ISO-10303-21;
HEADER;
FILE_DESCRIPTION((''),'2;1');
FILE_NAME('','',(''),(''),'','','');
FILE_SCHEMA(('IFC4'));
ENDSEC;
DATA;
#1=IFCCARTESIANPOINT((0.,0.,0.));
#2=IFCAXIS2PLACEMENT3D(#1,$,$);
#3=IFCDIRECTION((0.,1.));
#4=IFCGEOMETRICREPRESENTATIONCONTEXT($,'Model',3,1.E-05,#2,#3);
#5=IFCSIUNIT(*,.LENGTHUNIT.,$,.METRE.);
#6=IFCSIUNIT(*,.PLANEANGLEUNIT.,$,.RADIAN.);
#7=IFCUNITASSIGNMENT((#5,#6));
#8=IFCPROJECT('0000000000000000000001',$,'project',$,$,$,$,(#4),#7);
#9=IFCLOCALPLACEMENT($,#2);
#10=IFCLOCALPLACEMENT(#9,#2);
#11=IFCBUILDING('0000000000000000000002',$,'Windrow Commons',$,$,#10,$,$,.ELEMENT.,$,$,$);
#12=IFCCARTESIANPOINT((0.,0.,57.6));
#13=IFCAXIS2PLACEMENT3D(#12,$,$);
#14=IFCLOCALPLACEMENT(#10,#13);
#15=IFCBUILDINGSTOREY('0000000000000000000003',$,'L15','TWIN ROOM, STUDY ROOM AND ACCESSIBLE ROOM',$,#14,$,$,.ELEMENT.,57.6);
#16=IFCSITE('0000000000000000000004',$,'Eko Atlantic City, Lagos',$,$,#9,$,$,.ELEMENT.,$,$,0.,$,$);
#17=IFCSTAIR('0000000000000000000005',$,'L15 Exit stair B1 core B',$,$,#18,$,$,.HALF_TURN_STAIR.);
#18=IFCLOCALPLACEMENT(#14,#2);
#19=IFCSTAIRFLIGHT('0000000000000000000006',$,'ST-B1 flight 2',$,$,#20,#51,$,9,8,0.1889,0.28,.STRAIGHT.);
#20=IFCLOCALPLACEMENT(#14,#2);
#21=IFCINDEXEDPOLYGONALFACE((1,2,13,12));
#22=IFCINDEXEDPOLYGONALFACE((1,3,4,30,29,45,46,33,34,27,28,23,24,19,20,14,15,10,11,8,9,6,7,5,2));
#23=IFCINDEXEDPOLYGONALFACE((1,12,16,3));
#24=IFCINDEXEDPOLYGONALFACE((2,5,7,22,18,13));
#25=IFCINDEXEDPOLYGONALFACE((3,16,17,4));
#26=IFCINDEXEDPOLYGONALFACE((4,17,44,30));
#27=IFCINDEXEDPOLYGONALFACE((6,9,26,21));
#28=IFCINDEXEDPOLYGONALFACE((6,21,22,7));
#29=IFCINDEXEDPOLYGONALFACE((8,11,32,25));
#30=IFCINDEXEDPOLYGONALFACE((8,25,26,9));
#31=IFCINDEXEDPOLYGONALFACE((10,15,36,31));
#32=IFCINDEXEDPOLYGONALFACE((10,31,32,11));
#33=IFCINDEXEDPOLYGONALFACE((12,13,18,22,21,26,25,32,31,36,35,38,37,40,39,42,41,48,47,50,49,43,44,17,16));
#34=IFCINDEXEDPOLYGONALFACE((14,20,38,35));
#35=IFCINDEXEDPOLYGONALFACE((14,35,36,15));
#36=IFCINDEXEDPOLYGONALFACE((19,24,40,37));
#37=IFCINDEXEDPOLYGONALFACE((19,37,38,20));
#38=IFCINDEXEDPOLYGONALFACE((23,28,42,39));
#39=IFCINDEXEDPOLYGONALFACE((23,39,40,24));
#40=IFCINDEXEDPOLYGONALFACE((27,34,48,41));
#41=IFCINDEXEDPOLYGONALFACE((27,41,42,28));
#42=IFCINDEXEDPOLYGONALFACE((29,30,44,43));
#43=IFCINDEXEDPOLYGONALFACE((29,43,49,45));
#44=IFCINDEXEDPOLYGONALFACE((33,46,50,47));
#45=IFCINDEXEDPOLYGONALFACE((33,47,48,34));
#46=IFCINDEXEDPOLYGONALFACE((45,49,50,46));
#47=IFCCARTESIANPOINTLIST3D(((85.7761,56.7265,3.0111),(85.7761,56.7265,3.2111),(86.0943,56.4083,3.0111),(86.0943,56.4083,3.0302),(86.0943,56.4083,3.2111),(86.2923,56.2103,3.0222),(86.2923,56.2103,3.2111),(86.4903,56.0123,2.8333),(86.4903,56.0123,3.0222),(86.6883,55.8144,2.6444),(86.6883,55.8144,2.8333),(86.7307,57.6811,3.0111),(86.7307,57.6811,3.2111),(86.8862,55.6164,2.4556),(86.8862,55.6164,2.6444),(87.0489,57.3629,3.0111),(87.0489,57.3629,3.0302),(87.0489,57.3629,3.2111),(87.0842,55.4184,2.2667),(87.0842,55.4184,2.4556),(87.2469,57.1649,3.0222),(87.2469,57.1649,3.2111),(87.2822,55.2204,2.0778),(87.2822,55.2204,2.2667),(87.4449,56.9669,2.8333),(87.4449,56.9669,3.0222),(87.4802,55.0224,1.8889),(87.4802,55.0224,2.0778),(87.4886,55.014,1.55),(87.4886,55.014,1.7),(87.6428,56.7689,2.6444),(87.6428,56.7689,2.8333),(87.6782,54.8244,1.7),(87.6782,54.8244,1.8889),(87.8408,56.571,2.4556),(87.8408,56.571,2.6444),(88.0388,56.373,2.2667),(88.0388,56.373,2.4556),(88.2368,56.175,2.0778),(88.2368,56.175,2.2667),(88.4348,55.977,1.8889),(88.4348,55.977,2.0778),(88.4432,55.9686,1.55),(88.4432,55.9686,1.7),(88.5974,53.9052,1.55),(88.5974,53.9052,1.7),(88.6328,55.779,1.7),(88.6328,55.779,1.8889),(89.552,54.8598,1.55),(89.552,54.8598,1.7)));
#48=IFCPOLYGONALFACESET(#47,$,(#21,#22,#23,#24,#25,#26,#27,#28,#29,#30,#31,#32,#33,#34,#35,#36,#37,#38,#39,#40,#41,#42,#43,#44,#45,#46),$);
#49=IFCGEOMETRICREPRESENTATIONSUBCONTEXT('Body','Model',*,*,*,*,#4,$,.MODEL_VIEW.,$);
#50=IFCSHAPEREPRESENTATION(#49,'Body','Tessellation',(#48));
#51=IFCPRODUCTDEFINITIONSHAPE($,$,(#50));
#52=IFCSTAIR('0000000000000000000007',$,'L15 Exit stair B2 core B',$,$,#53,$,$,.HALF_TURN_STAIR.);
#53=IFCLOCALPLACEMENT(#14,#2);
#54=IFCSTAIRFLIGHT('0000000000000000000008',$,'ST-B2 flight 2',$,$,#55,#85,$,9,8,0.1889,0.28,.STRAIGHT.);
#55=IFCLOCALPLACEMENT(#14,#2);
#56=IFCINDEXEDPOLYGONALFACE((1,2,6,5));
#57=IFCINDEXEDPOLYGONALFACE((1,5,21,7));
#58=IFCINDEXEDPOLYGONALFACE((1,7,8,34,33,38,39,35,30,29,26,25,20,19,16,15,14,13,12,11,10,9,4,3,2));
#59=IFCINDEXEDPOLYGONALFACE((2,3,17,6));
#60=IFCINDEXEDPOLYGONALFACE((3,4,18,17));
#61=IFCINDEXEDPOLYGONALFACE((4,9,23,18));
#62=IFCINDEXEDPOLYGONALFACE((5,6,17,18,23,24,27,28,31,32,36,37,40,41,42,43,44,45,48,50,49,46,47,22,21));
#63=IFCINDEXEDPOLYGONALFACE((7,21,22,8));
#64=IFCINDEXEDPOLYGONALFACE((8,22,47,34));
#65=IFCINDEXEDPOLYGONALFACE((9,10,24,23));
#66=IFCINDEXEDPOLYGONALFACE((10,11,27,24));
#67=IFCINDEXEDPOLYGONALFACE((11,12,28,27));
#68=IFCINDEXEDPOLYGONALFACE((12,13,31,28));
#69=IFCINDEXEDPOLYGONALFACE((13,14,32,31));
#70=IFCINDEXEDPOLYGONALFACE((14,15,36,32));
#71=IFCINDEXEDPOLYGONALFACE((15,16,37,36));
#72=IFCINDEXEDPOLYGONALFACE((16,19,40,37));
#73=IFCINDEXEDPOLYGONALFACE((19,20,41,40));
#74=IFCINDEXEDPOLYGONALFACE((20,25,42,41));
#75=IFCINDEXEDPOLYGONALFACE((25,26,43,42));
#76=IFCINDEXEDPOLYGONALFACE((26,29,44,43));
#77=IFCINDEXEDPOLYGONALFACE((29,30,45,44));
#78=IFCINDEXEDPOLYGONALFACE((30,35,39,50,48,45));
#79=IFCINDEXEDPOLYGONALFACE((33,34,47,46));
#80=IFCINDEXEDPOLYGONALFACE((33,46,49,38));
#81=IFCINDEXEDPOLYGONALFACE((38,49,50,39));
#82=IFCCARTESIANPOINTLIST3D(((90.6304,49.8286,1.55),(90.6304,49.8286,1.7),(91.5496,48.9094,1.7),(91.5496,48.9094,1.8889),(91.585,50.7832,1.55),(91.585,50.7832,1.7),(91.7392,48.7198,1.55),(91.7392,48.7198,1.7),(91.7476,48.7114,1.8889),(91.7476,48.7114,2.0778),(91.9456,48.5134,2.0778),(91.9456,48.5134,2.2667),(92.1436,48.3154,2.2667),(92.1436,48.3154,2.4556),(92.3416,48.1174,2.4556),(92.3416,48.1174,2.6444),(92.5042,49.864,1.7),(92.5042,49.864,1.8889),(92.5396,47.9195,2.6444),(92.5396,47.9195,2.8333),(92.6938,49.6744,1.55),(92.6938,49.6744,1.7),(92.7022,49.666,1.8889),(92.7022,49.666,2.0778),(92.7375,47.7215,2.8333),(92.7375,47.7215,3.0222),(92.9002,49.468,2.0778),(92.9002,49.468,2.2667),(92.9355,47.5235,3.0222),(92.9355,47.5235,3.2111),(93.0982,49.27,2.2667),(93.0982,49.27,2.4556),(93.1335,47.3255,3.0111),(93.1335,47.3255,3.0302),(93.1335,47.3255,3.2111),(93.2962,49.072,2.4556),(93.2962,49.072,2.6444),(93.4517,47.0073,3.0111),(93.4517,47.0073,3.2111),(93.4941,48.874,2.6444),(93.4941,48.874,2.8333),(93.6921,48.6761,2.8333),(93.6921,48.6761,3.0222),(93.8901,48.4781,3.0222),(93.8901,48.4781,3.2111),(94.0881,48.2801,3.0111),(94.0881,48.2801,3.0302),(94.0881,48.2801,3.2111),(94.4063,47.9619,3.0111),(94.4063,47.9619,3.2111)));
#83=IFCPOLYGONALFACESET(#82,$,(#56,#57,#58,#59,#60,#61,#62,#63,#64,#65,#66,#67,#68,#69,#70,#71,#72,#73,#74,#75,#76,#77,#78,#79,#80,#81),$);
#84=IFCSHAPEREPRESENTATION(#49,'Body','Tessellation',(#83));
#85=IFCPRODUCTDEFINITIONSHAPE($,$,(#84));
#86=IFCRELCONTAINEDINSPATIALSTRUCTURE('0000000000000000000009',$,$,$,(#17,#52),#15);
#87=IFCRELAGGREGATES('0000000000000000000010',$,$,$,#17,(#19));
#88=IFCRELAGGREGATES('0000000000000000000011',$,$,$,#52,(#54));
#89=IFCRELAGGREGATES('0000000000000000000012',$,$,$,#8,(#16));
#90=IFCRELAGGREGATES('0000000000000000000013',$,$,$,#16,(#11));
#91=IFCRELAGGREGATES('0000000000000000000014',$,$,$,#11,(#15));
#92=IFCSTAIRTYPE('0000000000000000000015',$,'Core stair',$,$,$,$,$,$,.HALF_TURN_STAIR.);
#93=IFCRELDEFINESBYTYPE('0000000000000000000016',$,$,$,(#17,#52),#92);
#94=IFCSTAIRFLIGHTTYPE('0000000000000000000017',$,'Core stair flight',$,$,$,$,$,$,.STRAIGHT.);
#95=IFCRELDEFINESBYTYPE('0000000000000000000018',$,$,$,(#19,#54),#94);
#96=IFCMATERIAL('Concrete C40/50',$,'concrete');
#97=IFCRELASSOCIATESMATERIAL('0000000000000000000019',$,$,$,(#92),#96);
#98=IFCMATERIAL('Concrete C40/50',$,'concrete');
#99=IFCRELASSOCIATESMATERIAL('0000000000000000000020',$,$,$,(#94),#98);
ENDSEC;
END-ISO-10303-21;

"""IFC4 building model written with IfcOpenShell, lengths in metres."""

from ifc_helpers import new_model, si_unit, direction, frame, origin, place, context, subcontext, project, spatial, polyline, outline, extrude, material, type_object, element, aggregate, save


model = new_model("IFC4")

# Units and contexts
model_context = context("Model", 3, precision=1e-05, world=origin(), true_north=direction((0.0, 1.0)))
body_context = subcontext(model_context, "Body", "Model", "MODEL_VIEW")
ifc_project = project(units=[si_unit("LENGTHUNIT", "METRE"), si_unit("PLANEANGLEUNIT", "RADIAN")], contexts=[model_context])

# Site, building, storey
site_placement = place(None, origin())
site = spatial("IfcSite", under=ifc_project, at=site_placement, Name="Eko Atlantic City, Lagos", CompositionType="ELEMENT", RefElevation=0.0)
building_placement = place(site_placement, origin())
building = spatial("IfcBuilding", under=site, at=building_placement, Name="Windrow Commons", CompositionType="ELEMENT")
storey_placement = place(building_placement, frame((0.0, 0.0, 57.6)))
storey = spatial("IfcBuildingStorey", under=building, at=storey_placement, Name="L15", Description="TWIN ROOM, STUDY ROOM AND ACCESSIBLE ROOM", CompositionType="ELEMENT", Elevation=57.6)

# Stair, stair flight
ifc_material_1 = material(Name="Concrete C40/50", Category="concrete")
stair_type = type_object("IfcStairType", Name="Core stair", PredefinedType="HALF_TURN_STAIR", material=ifc_material_1)
placement = place(storey_placement, origin())
stair_1 = element("IfcStair", 1, at=placement, inside=storey, type_object=stair_type, Name="L15 Exit stair B1 core B", PredefinedType="HALF_TURN_STAIR")
ifc_material_2 = material(Name="Concrete C40/50", Category="concrete")
stair_flight_type = type_object("IfcStairFlightType", Name="Core stair flight", PredefinedType="STRAIGHT", material=ifc_material_2)
stair_flight_1_placement = place(storey_placement, frame((88.1555, 55.3017, 1.7), z_axis=(0.0, 0.0, 1.0), x_axis=(-0.707107, 0.707107, 0.0)))
stair_flight_1 = element("IfcStairFlight", 2, at=stair_flight_1_placement, type_object=stair_flight_type, Name="ST-B1 flight 2", NumberOfRisers=9, NumberOfTreads=8, PredefinedType="STRAIGHT", RiserHeight=0.1889, TreadLength=0.28, context=body_context, shape_type="SweptSolid", body=[
    extrude(outline(polyline([(-1.3, -0.15), (-1.3, 0.0), (0.0, 0.0), (0.0, 0.1889), (0.28, 0.1889), (0.28, 0.3778), (0.56, 0.3778), (0.56, 0.5667), (0.84, 0.5667), (0.84, 0.7556), (1.12, 0.7556), (1.12, 0.9444), (1.4, 0.9444), (1.4, 1.1333), (1.68, 1.1333), (1.68, 1.3222), (1.96, 1.3222), (1.96, 1.5111), (2.24, 1.5111), (2.69, 1.5111), (2.69, 1.3111), (2.24, 1.3111), (2.24, 1.3302), (0.2682, 0.0), (0.2682, -0.15), (-1.3, -0.15)])), frame((0.0, 0.675, 0.0), z_axis=(0.0, -1.0, 0.0), x_axis=(1.0, 0.0, 0.0)), (0.0, 0.0, 1.0), 1.35),
])
aggregate(stair_1, [stair_flight_1])

# Stair, stair flight
stair_2 = element("IfcStair", 3, at=placement, inside=storey, type_object=stair_type, Name="L15 Exit stair B2 core B", PredefinedType="HALF_TURN_STAIR")
stair_flight_2_placement = place(storey_placement, frame((92.0269, 49.3867, 1.7), z_axis=(0.0, 0.0, 1.0), x_axis=(0.707107, -0.707107, 0.0)))
stair_flight_2 = element("IfcStairFlight", 4, at=stair_flight_2_placement, type_object=stair_flight_type, Name="ST-B2 flight 2", NumberOfRisers=9, NumberOfTreads=8, PredefinedType="STRAIGHT", RiserHeight=0.1889, TreadLength=0.28, context=body_context, shape_type="SweptSolid", body=[
    extrude(outline(polyline([(-1.3, -0.15), (-1.3, 0.0), (0.0, 0.0), (0.0, 0.1889), (0.28, 0.1889), (0.28, 0.3778), (0.56, 0.3778), (0.56, 0.5667), (0.84, 0.5667), (0.84, 0.7556), (1.12, 0.7556), (1.12, 0.9444), (1.4, 0.9444), (1.4, 1.1333), (1.68, 1.1333), (1.68, 1.3222), (1.96, 1.3222), (1.96, 1.5111), (2.24, 1.5111), (2.69, 1.5111), (2.69, 1.3111), (2.24, 1.3111), (2.24, 1.3302), (0.2682, 0.0), (0.2682, -0.15), (-1.3, -0.15)])), frame((0.0, 0.675, 0.0), z_axis=(0.0, -1.0, 0.0), x_axis=(1.0, 0.0, 0.0)), (0.0, 0.0, 1.0), 1.35),
])
aggregate(stair_2, [stair_flight_2])

save(model, "model.ifc")
